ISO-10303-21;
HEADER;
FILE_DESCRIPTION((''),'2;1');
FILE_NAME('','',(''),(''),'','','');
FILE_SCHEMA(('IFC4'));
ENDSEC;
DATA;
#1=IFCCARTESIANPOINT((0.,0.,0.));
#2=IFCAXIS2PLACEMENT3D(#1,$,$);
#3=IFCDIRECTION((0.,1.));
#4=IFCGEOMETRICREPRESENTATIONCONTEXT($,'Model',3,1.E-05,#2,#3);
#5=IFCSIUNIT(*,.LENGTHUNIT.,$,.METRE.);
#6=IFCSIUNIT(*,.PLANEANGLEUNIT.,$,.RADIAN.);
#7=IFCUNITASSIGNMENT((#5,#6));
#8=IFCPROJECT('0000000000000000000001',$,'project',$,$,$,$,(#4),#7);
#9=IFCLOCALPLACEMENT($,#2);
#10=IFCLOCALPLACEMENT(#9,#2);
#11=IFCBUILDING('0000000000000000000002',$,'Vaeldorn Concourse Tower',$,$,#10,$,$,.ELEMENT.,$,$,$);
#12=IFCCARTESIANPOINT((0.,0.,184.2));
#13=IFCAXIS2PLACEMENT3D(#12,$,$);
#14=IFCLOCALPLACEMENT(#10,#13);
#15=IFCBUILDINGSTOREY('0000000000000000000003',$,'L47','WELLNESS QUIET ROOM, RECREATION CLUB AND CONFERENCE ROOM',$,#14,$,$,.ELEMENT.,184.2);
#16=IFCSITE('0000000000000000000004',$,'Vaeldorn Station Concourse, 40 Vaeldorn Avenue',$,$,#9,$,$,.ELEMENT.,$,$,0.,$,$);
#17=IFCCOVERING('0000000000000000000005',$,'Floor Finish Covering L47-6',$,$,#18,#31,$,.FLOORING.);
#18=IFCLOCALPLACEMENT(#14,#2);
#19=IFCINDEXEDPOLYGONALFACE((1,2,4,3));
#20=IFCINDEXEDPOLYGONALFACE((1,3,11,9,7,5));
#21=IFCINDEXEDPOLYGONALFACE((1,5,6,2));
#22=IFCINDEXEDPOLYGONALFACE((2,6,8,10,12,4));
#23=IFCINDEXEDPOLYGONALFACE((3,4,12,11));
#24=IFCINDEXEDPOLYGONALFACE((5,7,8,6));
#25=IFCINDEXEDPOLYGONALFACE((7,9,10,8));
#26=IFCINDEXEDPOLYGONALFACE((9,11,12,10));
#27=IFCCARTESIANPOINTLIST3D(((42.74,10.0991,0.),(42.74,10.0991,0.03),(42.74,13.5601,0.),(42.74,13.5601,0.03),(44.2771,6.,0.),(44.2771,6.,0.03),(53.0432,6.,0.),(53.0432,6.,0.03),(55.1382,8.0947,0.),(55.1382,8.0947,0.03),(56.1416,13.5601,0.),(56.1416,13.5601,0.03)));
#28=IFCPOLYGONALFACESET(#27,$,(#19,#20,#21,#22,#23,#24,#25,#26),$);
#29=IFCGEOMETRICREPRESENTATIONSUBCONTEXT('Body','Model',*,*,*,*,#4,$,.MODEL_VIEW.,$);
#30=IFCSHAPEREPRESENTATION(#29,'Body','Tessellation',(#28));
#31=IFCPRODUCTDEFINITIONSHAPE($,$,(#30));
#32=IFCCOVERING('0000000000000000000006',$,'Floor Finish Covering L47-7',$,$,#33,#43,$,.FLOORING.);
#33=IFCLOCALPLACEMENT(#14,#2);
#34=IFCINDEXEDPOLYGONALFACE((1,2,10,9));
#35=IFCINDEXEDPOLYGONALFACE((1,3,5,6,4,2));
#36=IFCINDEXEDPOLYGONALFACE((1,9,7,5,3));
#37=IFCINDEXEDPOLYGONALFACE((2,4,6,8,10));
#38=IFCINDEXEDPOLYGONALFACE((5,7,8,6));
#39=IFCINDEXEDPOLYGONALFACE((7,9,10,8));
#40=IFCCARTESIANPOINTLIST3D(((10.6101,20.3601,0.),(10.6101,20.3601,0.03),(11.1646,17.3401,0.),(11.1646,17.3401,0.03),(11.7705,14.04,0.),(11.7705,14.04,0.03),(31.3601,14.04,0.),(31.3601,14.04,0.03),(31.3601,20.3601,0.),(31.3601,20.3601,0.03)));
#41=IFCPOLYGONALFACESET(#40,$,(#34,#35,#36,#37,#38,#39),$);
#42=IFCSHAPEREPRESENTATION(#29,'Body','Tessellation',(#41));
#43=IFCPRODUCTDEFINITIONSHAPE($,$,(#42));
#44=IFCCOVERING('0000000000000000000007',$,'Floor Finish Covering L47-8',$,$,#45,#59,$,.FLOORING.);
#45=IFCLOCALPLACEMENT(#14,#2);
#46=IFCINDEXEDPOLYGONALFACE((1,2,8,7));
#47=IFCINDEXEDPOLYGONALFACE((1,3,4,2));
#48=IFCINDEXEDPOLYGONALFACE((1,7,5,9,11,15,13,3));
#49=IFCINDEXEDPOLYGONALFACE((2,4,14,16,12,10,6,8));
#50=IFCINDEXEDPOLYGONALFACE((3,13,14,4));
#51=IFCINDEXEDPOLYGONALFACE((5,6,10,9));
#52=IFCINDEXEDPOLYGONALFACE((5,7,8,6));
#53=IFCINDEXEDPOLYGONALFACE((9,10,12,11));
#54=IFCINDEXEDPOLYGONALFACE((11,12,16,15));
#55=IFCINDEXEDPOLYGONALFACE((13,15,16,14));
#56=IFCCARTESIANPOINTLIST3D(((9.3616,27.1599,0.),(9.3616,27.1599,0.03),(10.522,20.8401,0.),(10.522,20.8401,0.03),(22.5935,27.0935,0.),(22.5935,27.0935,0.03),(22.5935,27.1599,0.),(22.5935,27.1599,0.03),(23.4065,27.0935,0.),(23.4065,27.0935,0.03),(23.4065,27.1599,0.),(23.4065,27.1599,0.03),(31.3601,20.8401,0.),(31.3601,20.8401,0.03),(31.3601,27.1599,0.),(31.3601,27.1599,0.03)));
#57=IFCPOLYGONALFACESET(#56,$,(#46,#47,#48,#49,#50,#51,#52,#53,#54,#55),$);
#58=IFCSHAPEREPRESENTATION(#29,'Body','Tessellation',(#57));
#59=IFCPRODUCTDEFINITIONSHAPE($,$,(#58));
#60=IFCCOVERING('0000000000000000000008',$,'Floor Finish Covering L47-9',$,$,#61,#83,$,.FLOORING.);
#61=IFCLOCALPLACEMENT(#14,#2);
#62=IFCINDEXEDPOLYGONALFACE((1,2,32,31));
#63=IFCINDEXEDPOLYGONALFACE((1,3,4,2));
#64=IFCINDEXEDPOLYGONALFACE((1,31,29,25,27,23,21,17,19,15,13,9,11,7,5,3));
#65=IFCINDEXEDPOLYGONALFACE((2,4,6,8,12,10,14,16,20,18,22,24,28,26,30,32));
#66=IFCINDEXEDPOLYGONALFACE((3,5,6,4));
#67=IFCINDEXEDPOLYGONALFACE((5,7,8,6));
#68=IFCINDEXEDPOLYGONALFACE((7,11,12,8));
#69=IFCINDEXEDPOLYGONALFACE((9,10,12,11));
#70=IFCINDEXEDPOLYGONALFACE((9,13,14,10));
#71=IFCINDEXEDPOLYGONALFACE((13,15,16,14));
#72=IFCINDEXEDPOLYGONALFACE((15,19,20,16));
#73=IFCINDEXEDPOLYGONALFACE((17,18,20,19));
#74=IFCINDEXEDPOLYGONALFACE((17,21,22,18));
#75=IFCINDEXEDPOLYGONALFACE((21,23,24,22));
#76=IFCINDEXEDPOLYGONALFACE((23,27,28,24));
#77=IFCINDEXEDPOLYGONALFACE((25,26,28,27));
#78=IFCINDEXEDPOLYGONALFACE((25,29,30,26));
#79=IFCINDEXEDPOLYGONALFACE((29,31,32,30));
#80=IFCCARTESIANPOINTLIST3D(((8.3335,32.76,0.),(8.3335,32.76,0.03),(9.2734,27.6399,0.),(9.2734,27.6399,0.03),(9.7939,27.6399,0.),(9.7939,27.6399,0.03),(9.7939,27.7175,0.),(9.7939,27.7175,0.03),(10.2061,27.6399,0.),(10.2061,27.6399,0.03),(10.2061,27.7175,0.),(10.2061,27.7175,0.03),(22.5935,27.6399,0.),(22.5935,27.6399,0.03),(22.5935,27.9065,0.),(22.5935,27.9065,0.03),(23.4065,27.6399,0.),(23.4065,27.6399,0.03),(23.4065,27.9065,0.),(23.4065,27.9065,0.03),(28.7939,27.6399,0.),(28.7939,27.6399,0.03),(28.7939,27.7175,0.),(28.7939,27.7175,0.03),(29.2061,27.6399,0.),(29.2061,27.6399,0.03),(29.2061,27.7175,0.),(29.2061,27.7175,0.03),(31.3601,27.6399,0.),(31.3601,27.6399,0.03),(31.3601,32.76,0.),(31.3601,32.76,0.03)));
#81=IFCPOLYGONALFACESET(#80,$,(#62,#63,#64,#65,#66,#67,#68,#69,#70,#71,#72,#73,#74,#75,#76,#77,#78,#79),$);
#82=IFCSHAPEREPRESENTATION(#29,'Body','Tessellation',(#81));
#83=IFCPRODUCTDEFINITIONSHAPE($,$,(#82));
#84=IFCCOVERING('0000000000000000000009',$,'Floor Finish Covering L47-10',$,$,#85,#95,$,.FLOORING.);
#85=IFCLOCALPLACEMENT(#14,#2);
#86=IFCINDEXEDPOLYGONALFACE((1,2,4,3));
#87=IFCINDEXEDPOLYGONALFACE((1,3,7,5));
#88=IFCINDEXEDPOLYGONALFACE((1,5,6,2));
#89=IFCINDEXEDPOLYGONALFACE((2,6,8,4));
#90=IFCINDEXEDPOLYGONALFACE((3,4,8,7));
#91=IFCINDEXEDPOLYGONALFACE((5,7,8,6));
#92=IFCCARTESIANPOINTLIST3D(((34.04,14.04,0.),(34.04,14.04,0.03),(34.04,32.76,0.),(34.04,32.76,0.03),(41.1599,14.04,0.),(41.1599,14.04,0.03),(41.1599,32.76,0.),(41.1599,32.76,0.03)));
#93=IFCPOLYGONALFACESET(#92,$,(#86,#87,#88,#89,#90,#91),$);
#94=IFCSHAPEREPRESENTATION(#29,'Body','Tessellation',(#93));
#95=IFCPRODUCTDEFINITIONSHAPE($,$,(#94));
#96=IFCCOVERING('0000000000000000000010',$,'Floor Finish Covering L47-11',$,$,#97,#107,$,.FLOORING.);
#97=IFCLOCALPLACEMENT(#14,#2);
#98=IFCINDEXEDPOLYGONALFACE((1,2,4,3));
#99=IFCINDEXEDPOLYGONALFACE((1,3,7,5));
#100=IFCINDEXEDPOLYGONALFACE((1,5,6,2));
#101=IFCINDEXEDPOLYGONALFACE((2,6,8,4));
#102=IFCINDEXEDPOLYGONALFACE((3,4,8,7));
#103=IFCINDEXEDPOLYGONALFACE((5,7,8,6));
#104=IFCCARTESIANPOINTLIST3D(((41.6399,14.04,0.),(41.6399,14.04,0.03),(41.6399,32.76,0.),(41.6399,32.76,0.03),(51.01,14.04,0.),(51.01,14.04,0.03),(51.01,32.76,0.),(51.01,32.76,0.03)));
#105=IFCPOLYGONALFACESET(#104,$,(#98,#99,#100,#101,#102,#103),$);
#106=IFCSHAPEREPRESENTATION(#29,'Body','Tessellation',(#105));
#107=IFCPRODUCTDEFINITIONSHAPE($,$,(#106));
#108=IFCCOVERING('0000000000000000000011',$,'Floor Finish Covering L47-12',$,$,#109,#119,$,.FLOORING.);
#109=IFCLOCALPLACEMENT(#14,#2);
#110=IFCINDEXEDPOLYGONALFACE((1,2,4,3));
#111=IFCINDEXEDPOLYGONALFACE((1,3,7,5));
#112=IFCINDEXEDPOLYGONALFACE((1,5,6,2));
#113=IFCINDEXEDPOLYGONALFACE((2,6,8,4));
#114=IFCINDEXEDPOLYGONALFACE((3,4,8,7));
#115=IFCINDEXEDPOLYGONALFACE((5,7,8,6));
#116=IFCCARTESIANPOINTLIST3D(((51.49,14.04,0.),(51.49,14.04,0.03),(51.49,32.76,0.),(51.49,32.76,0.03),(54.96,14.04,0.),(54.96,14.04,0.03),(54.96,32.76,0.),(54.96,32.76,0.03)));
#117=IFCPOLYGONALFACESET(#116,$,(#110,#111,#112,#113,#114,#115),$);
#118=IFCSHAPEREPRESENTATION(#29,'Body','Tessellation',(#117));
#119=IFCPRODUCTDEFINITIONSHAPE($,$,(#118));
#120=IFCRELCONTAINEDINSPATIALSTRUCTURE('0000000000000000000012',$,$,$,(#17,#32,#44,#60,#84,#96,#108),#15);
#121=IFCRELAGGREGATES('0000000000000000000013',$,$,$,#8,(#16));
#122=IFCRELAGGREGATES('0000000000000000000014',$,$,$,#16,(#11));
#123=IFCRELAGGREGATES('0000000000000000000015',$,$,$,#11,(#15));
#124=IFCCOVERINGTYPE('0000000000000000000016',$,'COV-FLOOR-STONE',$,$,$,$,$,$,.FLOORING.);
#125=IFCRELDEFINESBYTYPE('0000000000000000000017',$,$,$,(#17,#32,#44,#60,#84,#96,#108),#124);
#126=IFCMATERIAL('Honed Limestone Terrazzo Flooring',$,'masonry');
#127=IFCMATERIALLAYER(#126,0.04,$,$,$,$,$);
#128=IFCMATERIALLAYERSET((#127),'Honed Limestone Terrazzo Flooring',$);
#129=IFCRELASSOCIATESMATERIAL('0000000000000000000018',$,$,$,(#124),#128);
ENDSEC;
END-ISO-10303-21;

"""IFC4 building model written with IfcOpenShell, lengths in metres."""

from ifc_helpers import new_model, si_unit, direction, frame, origin, place, context, subcontext, project, spatial, polyline, outline, extrude, material, layer, layer_set, type_object, element, save


model = new_model("IFC4")

# Units and contexts
model_context = context("Model", 3, precision=1e-05, world=origin(), true_north=direction((0.0, 1.0)))
body_context = subcontext(model_context, "Body", "Model", "MODEL_VIEW")
ifc_project = project(units=[si_unit("LENGTHUNIT", "METRE"), si_unit("PLANEANGLEUNIT", "RADIAN")], contexts=[model_context])

# Site, building, storey
site_placement = place(None, origin())
site = spatial("IfcSite", under=ifc_project, at=site_placement, Name="Vaeldorn Station Concourse, 40 Vaeldorn Avenue", CompositionType="ELEMENT", RefElevation=0.0)
building_placement = place(site_placement, origin())
building = spatial("IfcBuilding", under=site, at=building_placement, Name="Vaeldorn Concourse Tower", CompositionType="ELEMENT")
storey_placement = place(building_placement, frame((0.0, 0.0, 184.2)))
storey = spatial("IfcBuildingStorey", under=building, at=storey_placement, Name="L47", Description="WELLNESS QUIET ROOM, RECREATION CLUB AND CONFERENCE ROOM", CompositionType="ELEMENT", Elevation=184.2)

# Coverings
ifc_material_1 = material(Name="Honed Limestone Terrazzo Flooring", Category="masonry")
ifc_layer_1 = layer(ifc_material_1, 0.04)
ifc_layer_set_1 = layer_set([ifc_layer_1], Name="Honed Limestone Terrazzo Flooring")
covering_type_1 = type_object("IfcCoveringType", Name="COV-FLOOR-STONE", PredefinedType="FLOORING", material=ifc_layer_set_1)
covering_1_placement = place(storey_placement, origin())
element("IfcCovering", 1, at=covering_1_placement, inside=storey, type_object=covering_type_1, Name="Floor Finish Covering L47-6", PredefinedType="FLOORING", context=body_context, shape_type="SweptSolid", body=[
    extrude(outline(polyline([(53.0432, 6.0), (44.2771, 6.0), (42.74, 10.0991), (42.74, 13.5601), (56.1416, 13.5601), (55.1382, 8.0947), (53.0432, 6.0)])), origin(), (0.0, 0.0, 1.0), 0.03),
])
covering_2_placement = place(storey_placement, origin())
element("IfcCovering", 2, at=covering_2_placement, inside=storey, type_object=covering_type_1, Name="Floor Finish Covering L47-7", PredefinedType="FLOORING", context=body_context, shape_type="SweptSolid", body=[
    extrude(outline(polyline([(31.3601, 20.3601), (31.3601, 14.04), (11.7705, 14.04), (11.1646, 17.3401), (11.1646, 17.3401), (10.6101, 20.3601), (31.3601, 20.3601)])), origin(), (0.0, 0.0, 1.0), 0.03),
])
covering_3_placement = place(storey_placement, origin())
element("IfcCovering", 3, at=covering_3_placement, inside=storey, type_object=covering_type_1, Name="Floor Finish Covering L47-8", PredefinedType="FLOORING", context=body_context, shape_type="SweptSolid", body=[
    extrude(outline(polyline([(22.5935, 27.1599), (22.5935, 27.0935), (23.4065, 27.0935), (23.4065, 27.1599), (31.3601, 27.1599), (31.3601, 20.8401), (10.522, 20.8401), (9.3616, 27.1599), (22.5935, 27.1599)])), origin(), (0.0, 0.0, 1.0), 0.03),
])
covering_4_placement = place(storey_placement, origin())
element("IfcCovering", 4, at=covering_4_placement, inside=storey, type_object=covering_type_1, Name="Floor Finish Covering L47-9", PredefinedType="FLOORING", context=body_context, shape_type="SweptSolid", body=[
    extrude(outline(polyline([(31.3601, 32.76), (31.3601, 27.6399), (29.2061, 27.6399), (29.2061, 27.7175), (28.7939, 27.7175), (28.7939, 27.6399), (23.4065, 27.6399), (23.4065, 27.9065), (22.5935, 27.9065), (22.5935, 27.6399), (10.2061, 27.6399), (10.2061, 27.7175), (9.7939, 27.7175), (9.7939, 27.6399), (9.2734, 27.6399), (8.3335, 32.76), (31.3601, 32.76)])), origin(), (0.0, 0.0, 1.0), 0.03),
])
covering_5_placement = place(storey_placement, origin())
element("IfcCovering", 5, at=covering_5_placement, inside=storey, type_object=covering_type_1, Name="Floor Finish Covering L47-10", PredefinedType="FLOORING", context=body_context, shape_type="SweptSolid", body=[
    extrude(outline(polyline([(34.04, 32.76), (41.1599, 32.76), (41.1599, 14.04), (34.04, 14.04), (34.04, 32.76)])), origin(), (0.0, 0.0, 1.0), 0.03),
])
covering_6_placement = place(storey_placement, origin())
element("IfcCovering", 6, at=covering_6_placement, inside=storey, type_object=covering_type_1, Name="Floor Finish Covering L47-11", PredefinedType="FLOORING", context=body_context, shape_type="SweptSolid", body=[
    extrude(outline(polyline([(41.6399, 32.76), (51.01, 32.76), (51.01, 14.04), (41.6399, 14.04), (41.6399, 32.76)])), origin(), (0.0, 0.0, 1.0), 0.03),
])
covering_7_placement = place(storey_placement, origin())
element("IfcCovering", 7, at=covering_7_placement, inside=storey, type_object=covering_type_1, Name="Floor Finish Covering L47-12", PredefinedType="FLOORING", context=body_context, shape_type="SweptSolid", body=[
    extrude(outline(polyline([(51.49, 32.76), (54.96, 32.76), (54.96, 14.04), (51.49, 14.04), (51.49, 32.76)])), origin(), (0.0, 0.0, 1.0), 0.03),
])

save(model, "model.ifc")
